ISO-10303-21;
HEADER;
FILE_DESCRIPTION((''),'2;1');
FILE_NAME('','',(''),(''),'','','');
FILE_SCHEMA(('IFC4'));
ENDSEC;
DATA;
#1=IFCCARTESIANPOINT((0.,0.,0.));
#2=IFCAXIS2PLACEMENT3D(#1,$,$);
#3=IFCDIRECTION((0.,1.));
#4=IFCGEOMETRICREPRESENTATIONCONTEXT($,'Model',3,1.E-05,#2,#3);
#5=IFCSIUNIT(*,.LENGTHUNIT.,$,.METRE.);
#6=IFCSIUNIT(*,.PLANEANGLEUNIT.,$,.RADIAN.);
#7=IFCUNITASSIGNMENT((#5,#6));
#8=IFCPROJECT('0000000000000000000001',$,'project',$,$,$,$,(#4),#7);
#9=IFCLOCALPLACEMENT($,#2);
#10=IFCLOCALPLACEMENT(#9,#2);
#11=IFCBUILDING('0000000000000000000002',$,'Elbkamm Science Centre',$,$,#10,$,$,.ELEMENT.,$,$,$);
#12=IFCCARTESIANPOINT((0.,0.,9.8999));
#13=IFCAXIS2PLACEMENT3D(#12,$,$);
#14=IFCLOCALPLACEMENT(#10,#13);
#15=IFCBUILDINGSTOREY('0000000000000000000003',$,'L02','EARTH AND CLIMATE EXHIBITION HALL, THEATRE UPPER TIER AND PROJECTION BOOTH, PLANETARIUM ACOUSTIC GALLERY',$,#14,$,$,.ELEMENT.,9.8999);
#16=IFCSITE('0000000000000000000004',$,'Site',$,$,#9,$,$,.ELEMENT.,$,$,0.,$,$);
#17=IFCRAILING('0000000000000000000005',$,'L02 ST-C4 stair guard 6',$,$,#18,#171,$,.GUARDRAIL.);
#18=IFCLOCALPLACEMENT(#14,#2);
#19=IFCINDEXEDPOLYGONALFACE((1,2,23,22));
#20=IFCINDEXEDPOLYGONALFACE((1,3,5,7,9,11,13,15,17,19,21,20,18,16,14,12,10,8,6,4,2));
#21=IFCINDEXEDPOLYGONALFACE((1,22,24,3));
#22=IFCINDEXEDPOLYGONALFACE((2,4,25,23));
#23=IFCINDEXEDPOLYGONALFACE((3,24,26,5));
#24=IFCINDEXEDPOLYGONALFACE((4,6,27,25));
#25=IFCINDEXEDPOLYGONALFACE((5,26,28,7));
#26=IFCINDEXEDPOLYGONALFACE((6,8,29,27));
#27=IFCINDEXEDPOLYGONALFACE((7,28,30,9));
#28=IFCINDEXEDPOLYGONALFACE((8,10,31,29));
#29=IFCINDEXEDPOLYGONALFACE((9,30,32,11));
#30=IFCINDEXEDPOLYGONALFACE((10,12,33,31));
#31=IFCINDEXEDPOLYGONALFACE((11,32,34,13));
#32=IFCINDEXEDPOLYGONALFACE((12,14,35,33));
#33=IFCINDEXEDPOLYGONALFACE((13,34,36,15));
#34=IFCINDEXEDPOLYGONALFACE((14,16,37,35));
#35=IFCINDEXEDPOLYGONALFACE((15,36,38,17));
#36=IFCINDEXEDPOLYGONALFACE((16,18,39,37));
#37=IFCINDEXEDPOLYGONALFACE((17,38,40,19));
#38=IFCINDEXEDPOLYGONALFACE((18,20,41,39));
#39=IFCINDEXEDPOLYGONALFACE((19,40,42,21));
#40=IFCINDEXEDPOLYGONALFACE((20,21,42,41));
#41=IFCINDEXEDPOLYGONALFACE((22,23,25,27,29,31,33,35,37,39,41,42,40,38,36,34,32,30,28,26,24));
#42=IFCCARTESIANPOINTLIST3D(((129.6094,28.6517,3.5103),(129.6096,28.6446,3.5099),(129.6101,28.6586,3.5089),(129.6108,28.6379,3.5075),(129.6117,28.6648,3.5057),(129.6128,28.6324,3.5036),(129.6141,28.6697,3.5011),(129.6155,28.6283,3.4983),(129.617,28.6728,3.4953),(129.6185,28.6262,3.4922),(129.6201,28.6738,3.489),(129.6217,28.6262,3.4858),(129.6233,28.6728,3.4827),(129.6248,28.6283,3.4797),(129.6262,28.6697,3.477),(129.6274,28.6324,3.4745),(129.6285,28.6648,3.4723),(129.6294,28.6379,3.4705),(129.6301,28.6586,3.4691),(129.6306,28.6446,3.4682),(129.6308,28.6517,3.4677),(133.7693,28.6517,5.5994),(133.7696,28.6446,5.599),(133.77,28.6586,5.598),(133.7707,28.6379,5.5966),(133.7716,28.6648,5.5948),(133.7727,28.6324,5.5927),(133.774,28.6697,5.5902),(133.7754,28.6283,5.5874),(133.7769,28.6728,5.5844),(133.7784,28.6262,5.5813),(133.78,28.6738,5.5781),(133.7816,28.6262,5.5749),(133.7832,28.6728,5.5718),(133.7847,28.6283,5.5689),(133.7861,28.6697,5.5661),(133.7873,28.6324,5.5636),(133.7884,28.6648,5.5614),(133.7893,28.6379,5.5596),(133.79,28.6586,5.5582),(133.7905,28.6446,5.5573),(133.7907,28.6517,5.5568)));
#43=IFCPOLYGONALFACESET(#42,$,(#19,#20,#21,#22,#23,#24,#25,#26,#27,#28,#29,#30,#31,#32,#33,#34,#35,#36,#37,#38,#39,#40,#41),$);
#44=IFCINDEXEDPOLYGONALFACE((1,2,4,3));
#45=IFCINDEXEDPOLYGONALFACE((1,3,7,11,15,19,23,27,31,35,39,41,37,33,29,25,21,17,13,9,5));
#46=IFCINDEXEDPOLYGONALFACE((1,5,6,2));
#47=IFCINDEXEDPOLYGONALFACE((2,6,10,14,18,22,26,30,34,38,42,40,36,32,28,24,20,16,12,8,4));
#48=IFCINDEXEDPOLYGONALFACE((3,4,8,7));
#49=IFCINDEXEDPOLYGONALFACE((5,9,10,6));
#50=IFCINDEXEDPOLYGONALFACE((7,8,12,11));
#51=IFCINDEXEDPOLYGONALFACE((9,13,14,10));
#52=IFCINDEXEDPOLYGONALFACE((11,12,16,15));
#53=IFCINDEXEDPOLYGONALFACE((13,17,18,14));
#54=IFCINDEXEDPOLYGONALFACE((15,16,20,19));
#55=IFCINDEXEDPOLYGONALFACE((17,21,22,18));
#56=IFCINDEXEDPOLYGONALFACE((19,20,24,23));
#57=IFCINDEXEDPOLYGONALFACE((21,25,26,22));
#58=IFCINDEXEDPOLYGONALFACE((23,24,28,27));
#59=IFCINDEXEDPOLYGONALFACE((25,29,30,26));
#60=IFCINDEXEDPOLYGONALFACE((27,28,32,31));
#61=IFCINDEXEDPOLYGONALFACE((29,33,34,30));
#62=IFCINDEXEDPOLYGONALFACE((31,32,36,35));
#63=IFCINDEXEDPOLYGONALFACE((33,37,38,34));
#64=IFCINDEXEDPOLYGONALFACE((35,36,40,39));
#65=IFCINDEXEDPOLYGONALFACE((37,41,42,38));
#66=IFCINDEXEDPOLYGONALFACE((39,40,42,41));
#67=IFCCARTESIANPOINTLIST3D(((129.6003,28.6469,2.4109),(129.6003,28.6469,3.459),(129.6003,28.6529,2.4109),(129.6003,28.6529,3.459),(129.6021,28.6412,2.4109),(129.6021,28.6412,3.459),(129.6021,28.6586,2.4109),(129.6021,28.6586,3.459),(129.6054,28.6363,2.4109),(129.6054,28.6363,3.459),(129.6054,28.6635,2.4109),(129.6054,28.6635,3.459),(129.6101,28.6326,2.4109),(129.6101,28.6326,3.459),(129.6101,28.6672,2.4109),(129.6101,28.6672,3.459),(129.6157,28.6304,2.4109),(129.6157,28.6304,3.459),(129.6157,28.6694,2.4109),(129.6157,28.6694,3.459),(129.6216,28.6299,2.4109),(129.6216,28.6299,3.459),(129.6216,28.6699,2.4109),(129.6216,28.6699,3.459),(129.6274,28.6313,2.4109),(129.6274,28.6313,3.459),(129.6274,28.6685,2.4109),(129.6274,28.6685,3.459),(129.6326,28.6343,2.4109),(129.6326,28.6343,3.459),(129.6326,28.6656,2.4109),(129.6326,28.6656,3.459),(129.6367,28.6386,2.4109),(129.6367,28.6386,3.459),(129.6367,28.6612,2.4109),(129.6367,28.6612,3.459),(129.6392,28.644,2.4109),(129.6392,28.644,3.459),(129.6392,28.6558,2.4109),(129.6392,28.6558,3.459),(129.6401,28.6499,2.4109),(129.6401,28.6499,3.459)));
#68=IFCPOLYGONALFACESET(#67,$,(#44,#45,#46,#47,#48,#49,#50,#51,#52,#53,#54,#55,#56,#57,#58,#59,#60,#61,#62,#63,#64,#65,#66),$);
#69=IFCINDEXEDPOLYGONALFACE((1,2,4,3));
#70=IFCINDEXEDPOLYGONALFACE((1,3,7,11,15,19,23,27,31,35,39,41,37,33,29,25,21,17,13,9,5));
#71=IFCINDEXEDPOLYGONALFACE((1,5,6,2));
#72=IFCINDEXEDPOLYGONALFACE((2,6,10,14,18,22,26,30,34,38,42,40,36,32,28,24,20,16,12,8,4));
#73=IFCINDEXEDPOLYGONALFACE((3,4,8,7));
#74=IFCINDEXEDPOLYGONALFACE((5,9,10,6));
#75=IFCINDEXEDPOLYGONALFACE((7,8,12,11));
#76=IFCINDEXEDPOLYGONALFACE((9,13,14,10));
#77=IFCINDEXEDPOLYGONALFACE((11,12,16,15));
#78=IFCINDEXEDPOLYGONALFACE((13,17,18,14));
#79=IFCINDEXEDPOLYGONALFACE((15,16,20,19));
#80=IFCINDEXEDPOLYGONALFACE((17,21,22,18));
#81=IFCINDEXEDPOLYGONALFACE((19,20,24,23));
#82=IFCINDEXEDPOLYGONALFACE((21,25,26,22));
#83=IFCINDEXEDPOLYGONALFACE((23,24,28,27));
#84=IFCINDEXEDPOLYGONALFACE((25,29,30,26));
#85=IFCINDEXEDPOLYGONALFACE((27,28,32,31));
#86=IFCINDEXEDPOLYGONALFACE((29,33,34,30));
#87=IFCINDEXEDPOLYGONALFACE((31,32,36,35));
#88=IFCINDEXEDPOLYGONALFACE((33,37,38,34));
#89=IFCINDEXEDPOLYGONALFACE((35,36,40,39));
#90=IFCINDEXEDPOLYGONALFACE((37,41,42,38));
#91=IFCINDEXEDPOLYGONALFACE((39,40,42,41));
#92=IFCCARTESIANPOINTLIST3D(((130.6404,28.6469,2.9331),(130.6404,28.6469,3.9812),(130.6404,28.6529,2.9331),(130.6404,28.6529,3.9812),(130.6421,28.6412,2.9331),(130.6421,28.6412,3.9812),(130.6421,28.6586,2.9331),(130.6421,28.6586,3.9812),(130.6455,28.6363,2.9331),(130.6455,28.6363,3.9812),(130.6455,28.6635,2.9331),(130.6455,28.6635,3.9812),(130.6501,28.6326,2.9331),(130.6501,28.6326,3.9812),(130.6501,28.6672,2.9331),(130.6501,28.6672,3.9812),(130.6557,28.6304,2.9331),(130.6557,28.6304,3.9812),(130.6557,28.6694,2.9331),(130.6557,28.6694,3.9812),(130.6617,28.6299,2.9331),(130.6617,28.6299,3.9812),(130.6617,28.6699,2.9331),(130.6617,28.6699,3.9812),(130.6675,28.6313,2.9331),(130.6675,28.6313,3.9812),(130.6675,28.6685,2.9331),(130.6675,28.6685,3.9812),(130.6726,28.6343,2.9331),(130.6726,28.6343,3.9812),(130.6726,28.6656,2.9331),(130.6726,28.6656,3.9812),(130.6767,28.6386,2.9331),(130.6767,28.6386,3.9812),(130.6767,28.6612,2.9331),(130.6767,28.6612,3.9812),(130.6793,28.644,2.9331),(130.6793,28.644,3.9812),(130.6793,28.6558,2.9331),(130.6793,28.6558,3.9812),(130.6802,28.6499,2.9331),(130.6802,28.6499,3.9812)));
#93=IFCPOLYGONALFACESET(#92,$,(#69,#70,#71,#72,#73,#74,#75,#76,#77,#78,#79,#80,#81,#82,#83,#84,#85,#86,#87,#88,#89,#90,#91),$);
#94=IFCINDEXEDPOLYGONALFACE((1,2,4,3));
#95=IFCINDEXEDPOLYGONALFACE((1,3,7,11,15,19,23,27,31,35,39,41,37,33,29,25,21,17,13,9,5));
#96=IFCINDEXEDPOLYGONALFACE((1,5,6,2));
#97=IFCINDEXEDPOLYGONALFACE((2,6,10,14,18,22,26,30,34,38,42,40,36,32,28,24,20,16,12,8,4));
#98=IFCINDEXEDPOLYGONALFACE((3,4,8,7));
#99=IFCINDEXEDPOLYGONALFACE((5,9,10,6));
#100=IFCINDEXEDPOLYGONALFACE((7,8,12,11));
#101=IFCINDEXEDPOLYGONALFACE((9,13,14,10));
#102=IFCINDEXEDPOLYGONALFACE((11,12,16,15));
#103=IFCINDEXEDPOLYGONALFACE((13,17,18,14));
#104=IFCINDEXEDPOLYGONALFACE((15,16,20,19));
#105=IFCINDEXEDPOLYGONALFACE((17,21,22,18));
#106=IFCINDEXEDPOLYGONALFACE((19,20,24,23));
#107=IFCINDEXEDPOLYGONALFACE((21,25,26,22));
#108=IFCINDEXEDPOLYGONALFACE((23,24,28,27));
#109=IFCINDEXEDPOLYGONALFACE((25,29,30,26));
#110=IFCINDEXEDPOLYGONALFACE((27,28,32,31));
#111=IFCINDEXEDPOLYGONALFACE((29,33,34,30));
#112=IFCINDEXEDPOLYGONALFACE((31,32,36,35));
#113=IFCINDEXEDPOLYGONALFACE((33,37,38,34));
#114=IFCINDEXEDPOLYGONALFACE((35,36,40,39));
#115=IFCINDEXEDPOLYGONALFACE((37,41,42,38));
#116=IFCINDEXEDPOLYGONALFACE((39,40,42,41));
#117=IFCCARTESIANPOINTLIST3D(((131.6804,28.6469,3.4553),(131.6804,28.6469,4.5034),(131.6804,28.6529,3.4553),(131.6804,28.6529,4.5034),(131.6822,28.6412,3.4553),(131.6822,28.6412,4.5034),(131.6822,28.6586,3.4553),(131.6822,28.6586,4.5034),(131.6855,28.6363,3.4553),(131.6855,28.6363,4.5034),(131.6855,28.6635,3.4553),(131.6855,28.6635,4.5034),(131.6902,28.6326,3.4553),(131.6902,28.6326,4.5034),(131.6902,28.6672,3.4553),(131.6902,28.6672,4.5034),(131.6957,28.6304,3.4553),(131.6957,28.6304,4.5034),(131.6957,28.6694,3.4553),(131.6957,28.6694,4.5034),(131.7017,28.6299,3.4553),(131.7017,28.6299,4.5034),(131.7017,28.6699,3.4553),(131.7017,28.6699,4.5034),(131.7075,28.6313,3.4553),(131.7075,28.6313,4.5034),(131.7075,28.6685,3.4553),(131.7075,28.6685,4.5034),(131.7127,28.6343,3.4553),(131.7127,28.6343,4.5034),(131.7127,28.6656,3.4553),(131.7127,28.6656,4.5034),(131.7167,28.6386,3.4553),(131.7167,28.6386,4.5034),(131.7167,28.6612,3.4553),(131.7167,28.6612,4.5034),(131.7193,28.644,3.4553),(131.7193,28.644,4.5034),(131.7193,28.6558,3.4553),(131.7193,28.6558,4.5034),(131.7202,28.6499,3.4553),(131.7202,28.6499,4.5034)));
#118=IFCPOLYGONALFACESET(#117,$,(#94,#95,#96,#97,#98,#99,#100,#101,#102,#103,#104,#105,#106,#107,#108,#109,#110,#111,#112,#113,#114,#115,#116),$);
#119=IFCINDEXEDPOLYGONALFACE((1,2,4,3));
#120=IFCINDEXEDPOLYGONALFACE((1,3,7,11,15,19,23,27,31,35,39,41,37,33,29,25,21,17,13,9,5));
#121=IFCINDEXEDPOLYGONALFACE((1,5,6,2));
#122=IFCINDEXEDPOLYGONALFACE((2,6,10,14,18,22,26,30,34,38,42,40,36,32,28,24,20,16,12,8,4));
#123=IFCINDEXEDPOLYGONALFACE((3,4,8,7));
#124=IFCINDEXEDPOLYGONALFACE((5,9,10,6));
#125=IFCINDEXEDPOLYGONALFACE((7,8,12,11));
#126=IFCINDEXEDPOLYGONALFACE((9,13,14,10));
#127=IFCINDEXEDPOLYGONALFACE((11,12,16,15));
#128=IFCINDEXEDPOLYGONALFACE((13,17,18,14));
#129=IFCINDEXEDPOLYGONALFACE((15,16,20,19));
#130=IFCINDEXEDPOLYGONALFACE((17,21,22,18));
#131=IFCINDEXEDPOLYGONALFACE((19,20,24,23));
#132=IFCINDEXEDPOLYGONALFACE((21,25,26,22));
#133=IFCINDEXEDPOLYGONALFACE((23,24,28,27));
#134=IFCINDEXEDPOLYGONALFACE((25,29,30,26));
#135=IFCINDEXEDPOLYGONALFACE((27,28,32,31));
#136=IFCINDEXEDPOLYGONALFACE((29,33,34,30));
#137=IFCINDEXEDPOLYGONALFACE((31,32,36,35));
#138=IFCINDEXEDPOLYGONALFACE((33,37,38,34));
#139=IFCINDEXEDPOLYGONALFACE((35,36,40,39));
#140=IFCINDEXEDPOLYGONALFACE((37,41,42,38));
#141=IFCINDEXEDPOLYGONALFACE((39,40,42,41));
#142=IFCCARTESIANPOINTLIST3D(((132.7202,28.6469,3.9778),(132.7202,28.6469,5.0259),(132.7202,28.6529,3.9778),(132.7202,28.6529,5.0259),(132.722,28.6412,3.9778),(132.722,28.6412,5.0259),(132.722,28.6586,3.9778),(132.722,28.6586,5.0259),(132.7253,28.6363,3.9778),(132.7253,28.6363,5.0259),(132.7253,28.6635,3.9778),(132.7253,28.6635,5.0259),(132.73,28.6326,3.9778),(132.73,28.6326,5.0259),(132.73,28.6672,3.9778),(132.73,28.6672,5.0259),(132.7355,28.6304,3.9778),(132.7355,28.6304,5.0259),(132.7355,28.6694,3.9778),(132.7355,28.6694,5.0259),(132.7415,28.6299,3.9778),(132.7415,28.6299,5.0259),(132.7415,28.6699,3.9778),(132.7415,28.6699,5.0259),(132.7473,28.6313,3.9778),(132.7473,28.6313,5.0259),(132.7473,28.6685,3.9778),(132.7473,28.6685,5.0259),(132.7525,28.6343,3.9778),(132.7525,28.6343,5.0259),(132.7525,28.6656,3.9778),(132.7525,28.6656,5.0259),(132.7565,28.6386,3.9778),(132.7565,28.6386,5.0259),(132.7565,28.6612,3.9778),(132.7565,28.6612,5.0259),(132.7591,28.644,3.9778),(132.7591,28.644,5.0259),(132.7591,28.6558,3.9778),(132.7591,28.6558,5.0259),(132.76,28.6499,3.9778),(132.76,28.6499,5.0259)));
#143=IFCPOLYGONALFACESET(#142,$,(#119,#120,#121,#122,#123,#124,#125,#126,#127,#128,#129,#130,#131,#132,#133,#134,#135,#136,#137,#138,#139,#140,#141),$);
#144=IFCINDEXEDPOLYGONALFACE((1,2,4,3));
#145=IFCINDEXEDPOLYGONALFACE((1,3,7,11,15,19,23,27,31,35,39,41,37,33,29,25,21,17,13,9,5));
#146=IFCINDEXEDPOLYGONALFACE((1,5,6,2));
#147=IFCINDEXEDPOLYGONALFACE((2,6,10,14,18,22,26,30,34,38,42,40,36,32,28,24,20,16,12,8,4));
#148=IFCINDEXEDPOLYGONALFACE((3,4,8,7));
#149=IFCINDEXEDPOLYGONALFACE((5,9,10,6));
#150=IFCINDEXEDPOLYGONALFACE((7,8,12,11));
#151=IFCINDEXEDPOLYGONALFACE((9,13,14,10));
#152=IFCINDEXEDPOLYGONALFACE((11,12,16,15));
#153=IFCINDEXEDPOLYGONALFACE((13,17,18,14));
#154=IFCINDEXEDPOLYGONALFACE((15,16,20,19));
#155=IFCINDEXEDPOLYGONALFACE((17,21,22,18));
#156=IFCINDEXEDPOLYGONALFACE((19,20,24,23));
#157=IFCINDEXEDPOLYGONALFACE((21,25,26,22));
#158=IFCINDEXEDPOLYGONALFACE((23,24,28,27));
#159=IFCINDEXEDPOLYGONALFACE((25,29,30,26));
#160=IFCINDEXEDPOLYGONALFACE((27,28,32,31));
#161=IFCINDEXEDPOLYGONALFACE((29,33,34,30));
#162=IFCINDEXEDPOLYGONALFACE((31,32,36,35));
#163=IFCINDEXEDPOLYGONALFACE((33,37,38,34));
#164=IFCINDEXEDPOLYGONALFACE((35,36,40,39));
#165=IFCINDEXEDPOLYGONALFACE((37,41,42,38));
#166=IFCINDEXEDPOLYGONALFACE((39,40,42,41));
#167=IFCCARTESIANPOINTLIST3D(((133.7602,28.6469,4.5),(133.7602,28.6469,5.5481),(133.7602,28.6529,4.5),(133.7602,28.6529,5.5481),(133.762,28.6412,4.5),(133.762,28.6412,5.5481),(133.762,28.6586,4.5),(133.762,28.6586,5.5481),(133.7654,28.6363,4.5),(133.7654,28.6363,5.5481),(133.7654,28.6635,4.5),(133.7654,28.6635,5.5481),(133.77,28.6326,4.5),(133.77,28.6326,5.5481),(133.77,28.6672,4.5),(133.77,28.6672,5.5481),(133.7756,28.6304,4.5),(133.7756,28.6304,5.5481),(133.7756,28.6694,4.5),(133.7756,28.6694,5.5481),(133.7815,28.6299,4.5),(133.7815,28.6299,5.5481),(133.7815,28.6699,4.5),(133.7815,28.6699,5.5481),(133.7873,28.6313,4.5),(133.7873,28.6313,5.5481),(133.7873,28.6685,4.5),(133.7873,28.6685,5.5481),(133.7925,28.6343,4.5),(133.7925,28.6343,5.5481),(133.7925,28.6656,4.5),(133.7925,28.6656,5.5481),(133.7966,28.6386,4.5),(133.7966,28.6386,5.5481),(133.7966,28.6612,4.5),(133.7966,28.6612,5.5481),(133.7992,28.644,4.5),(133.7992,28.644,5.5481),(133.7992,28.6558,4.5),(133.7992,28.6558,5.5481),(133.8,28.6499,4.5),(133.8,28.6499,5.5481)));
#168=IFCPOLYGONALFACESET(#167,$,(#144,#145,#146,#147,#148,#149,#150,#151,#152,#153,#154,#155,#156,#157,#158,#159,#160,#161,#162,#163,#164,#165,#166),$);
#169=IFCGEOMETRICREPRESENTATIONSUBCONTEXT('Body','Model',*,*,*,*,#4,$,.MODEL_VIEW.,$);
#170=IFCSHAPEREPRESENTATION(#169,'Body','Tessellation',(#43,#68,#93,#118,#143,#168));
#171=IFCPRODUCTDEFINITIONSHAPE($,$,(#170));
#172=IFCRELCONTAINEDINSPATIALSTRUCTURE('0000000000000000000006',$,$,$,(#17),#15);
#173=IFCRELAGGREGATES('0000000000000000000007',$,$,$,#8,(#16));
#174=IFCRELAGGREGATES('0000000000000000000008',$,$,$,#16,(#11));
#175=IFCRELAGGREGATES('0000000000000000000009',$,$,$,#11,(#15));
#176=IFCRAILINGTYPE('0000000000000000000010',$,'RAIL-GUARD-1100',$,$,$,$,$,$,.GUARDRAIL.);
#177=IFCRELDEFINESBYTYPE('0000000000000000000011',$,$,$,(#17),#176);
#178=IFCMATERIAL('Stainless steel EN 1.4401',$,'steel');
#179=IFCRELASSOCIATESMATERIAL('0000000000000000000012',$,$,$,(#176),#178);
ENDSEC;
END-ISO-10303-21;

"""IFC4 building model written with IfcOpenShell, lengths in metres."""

from ifc_helpers import new_model, si_unit, direction, frame, origin, origin_2d, place, context, subcontext, project, spatial, circle, extrude, material, type_object, element, save


model = new_model("IFC4")

# Units and contexts
model_context = context("Model", 3, precision=1e-05, world=origin(), true_north=direction((0.0, 1.0)))
body_context = subcontext(model_context, "Body", "Model", "MODEL_VIEW")
ifc_project = project(units=[si_unit("LENGTHUNIT", "METRE"), si_unit("PLANEANGLEUNIT", "RADIAN")], contexts=[model_context])

# Site, building, storey
site_placement = place(None, origin())
site = spatial("IfcSite", under=ifc_project, at=site_placement, Name="Site", CompositionType="ELEMENT", RefElevation=0.0)
building_placement = place(site_placement, origin())
building = spatial("IfcBuilding", under=site, at=building_placement, Name="Elbkamm Science Centre", CompositionType="ELEMENT")
storey_placement = place(building_placement, frame((0.0, 0.0, 9.8999)))
storey = spatial("IfcBuildingStorey", under=building, at=storey_placement, Name="L02", Description="EARTH AND CLIMATE EXHIBITION HALL, THEATRE UPPER TIER AND PROJECTION BOOTH, PLANETARIUM ACOUSTIC GALLERY", CompositionType="ELEMENT", Elevation=9.8999)

# Railing
ifc_material_1 = material(Name="Stainless steel EN 1.4401", Category="steel")
railing_type_1 = type_object("IfcRailingType", Name="RAIL-GUARD-1100", PredefinedType="GUARDRAIL", material=ifc_material_1)
railing_1_placement = place(storey_placement, frame((129.6201, 28.6499, 2.4109)))
element("IfcRailing", 1, at=railing_1_placement, inside=storey, type_object=railing_type_1, Name="L02 ST-C4 stair guard 6", PredefinedType="GUARDRAIL", context=body_context, shape_type="SweptSolid", body=[
    extrude(circle(Radius=0.0239, at=origin_2d()), frame((0.0, 0.0, 1.0781), z_axis=(0.893639, 0.0, 0.448786), x_axis=(0.0, 1.0, 0.0)), (0.0, 0.0, 1.0), 4.655),
    extrude(circle(Radius=0.02, at=origin_2d()), origin(), (0.0, 0.0, 1.0), 1.0481),
    extrude(circle(Radius=0.02, at=origin_2d()), frame((1.04, 0.0, 0.5222)), (0.0, 0.0, 1.0), 1.0481),
    extrude(circle(Radius=0.02, at=origin_2d()), frame((2.0801, 0.0, 1.0444)), (0.0, 0.0, 1.0), 1.0481),
    extrude(circle(Radius=0.02, at=origin_2d()), frame((3.1199, 0.0, 1.5669)), (0.0, 0.0, 1.0), 1.0481),
    extrude(circle(Radius=0.02, at=origin_2d()), frame((4.1599, 0.0, 2.0891)), (0.0, 0.0, 1.0), 1.0481),
])

save(model, "model.ifc")
